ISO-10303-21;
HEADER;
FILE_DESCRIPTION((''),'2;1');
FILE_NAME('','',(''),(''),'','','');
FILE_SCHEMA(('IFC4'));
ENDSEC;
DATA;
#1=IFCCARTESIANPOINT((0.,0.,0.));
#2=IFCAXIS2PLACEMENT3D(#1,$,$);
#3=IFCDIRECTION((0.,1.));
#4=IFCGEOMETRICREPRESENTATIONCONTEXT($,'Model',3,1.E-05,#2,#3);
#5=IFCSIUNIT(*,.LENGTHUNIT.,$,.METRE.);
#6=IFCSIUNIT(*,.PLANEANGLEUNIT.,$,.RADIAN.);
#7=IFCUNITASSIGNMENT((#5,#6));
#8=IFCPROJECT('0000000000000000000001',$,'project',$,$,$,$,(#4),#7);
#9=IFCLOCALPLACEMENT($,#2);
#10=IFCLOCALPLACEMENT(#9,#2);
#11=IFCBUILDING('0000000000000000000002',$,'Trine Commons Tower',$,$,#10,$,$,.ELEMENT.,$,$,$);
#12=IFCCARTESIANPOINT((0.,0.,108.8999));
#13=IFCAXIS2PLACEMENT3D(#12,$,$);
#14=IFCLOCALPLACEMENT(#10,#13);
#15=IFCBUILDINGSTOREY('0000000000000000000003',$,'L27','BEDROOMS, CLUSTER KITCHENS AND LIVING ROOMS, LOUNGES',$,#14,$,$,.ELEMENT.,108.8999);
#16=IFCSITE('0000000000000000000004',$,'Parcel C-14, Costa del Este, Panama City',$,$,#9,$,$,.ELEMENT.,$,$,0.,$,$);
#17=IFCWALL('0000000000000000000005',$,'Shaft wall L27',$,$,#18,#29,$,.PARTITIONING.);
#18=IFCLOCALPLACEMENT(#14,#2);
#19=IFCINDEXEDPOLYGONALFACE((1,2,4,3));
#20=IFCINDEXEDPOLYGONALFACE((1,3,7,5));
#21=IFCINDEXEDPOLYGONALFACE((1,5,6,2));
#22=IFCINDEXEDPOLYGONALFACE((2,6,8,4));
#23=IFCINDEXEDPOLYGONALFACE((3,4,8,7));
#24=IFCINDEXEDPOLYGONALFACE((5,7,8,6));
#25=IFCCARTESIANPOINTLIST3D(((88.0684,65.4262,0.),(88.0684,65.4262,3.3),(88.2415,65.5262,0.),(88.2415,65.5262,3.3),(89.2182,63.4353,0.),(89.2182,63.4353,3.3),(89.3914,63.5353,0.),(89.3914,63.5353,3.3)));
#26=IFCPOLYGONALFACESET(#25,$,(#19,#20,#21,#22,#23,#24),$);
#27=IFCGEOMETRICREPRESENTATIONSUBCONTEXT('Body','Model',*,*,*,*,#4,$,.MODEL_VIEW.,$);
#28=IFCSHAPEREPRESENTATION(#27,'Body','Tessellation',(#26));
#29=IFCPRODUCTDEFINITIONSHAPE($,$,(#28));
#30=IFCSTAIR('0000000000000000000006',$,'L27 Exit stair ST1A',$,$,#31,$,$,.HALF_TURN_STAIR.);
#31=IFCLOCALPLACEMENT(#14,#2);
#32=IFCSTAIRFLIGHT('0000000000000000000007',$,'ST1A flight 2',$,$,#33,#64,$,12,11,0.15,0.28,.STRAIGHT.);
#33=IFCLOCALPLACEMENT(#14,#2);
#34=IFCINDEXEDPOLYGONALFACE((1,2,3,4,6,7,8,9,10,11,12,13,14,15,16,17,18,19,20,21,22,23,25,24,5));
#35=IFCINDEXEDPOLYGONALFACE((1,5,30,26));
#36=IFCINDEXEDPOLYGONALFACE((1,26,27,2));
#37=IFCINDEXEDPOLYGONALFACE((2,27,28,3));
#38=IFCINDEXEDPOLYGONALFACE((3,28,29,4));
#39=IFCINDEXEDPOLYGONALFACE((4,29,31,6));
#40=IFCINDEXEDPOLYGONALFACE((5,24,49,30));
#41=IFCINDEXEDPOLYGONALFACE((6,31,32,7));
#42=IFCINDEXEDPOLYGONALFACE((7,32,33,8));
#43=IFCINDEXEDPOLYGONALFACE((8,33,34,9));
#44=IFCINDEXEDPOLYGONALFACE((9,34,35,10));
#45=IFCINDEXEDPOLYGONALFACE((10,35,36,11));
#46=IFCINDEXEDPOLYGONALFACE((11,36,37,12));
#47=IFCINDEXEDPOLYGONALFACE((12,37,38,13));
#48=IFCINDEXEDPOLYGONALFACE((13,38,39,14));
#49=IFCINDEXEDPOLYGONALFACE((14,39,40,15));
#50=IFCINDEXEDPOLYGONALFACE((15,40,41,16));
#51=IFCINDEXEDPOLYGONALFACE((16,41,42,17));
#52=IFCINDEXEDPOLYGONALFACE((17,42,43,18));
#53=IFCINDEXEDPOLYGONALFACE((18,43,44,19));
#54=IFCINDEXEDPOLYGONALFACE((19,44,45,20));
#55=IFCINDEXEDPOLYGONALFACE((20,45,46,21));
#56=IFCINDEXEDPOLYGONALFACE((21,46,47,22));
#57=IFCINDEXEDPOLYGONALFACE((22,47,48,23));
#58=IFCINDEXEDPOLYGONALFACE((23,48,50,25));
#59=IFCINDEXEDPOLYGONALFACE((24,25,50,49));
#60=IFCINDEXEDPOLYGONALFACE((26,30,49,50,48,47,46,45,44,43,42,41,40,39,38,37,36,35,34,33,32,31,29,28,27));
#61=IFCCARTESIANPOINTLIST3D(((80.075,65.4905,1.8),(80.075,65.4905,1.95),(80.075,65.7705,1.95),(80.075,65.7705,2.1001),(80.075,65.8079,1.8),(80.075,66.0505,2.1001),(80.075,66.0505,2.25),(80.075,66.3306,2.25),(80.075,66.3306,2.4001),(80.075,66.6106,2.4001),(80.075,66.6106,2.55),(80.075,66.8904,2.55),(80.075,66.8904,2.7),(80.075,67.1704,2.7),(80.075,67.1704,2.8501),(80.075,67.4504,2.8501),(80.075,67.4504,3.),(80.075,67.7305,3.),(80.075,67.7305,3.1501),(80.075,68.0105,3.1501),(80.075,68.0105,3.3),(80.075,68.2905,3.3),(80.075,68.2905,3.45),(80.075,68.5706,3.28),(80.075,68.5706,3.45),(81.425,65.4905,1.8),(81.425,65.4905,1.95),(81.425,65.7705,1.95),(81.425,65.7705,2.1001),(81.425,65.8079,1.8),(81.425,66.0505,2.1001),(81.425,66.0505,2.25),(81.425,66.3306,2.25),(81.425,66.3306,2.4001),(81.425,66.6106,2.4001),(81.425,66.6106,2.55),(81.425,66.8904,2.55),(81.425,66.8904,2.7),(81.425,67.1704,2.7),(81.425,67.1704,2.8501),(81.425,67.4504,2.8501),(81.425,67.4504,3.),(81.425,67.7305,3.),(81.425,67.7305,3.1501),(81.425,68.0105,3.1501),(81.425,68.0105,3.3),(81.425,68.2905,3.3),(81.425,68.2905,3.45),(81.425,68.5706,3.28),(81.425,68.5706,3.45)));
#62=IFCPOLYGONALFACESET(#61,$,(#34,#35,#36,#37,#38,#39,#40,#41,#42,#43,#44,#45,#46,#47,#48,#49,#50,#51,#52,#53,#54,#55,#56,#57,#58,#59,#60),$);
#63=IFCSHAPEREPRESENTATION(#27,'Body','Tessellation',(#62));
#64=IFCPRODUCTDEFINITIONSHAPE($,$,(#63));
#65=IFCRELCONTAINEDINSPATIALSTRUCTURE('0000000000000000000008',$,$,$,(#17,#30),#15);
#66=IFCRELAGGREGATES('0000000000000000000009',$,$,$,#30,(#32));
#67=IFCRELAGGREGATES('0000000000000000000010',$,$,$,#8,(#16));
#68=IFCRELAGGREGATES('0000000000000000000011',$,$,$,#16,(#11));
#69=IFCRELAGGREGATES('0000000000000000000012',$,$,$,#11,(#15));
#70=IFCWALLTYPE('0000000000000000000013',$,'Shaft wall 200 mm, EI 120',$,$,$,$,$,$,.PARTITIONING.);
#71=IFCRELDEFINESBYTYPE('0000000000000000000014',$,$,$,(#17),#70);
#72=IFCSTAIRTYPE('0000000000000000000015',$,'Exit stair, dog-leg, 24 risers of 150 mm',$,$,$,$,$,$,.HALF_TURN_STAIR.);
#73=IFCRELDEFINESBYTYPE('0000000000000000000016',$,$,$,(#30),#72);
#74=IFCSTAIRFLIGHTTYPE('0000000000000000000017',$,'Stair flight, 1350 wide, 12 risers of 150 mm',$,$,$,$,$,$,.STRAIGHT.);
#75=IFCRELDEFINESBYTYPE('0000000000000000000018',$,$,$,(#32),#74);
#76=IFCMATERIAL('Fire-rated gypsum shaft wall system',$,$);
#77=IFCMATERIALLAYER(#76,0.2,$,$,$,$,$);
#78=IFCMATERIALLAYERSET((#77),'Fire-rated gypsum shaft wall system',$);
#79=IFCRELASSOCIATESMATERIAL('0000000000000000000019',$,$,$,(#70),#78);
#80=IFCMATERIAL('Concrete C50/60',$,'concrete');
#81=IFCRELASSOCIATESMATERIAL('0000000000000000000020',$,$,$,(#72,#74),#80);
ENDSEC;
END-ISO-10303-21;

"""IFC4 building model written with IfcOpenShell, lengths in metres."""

from ifc_helpers import new_model, si_unit, direction, frame, frame_2d, origin, place, context, subcontext, project, spatial, polyline, rectangle, outline, extrude, material, layer, layer_set, type_object, element, aggregate, save


model = new_model("IFC4")

# Units and contexts
model_context = context("Model", 3, precision=1e-05, world=origin(), true_north=direction((0.0, 1.0)))
body_context = subcontext(model_context, "Body", "Model", "MODEL_VIEW")
ifc_project = project(units=[si_unit("LENGTHUNIT", "METRE"), si_unit("PLANEANGLEUNIT", "RADIAN")], contexts=[model_context])

# Site, building, storey
site_placement = place(None, origin())
site = spatial("IfcSite", under=ifc_project, at=site_placement, Name="Parcel C-14, Costa del Este, Panama City", CompositionType="ELEMENT", RefElevation=0.0)
building_placement = place(site_placement, origin())
building = spatial("IfcBuilding", under=site, at=building_placement, Name="Trine Commons Tower", CompositionType="ELEMENT")
storey_placement = place(building_placement, frame((0.0, 0.0, 108.8999)))
storey = spatial("IfcBuildingStorey", under=building, at=storey_placement, Name="L27", Description="BEDROOMS, CLUSTER KITCHENS AND LIVING ROOMS, LOUNGES", CompositionType="ELEMENT", Elevation=108.8999)

# Shared definitions
ifc_material_1 = material(Name="Fire-rated gypsum shaft wall system")

# Wall
ifc_layer_1 = layer(ifc_material_1, 0.2)
ifc_layer_set_1 = layer_set([ifc_layer_1], Name="Fire-rated gypsum shaft wall system")
wall_type_1 = type_object("IfcWallType", Name="Shaft wall 200 mm, EI 120", PredefinedType="PARTITIONING", material=ifc_layer_set_1)
wall_1_placement = place(storey_placement, frame((88.155, 65.4761, 0.0), z_axis=(0.0, 0.0, 1.0), x_axis=(0.500136, -0.865947, 0.0)))
element("IfcWall", 1, at=wall_1_placement, inside=storey, type_object=wall_type_1, Name="Shaft wall L27", PredefinedType="PARTITIONING", context=body_context, shape_type="SweptSolid", body=[
    extrude(rectangle(XDim=2.2991, YDim=0.2, at=frame_2d((1.1494, 0.0))), origin(), (0.0, 0.0, 1.0), 3.3),
])

# Stair, stair flight
ifc_material_2 = material(Name="Concrete C50/60", Category="concrete")
stair_type = type_object("IfcStairType", Name="Exit stair, dog-leg, 24 risers of 150 mm", PredefinedType="HALF_TURN_STAIR", material=ifc_material_2)
stair_placement = place(storey_placement, origin())
stair = element("IfcStair", 2, at=stair_placement, inside=storey, type_object=stair_type, Name="L27 Exit stair ST1A", PredefinedType="HALF_TURN_STAIR")
stair_flight_type = type_object("IfcStairFlightType", Name="Stair flight, 1350 wide, 12 risers of 150 mm", PredefinedType="STRAIGHT", material=ifc_material_2)
stair_flight_placement = place(storey_placement, frame((80.75, 65.4905, 1.8), z_axis=(0.0, 0.0, 1.0), x_axis=(0.0, 1.0, 0.0)))
stair_flight = element("IfcStairFlight", 3, at=stair_flight_placement, type_object=stair_flight_type, Name="ST1A flight 2", NumberOfRisers=12, NumberOfTreads=11, PredefinedType="STRAIGHT", RiserHeight=0.15, TreadLength=0.28, context=body_context, shape_type="SweptSolid", body=[
    extrude(outline(polyline([(0.0, 0.0), (0.0, 0.1499), (0.28, 0.1499), (0.28, 0.3), (0.5601, 0.3), (0.5601, 0.45), (0.8401, 0.45), (0.8401, 0.6001), (1.1201, 0.6001), (1.1201, 0.75), (1.3999, 0.75), (1.3999, 0.8999), (1.6799, 0.8999), (1.6799, 1.05), (1.96, 1.05), (1.96, 1.2), (2.24, 1.2), (2.24, 1.3501), (2.52, 1.3501), (2.52, 1.5), (2.8, 1.5), (2.8, 1.6499), (3.0801, 1.6499), (3.0801, 1.8), (3.0801, 1.48), (0.3174, 0.0), (0.0, 0.0)])), frame((0.0, 0.675, 0.0), z_axis=(0.0, -1.0, 0.0), x_axis=(1.0, 0.0, 0.0)), (0.0, 0.0, 1.0), 1.3501),
])
aggregate(stair, [stair_flight])

save(model, "model.ifc")
